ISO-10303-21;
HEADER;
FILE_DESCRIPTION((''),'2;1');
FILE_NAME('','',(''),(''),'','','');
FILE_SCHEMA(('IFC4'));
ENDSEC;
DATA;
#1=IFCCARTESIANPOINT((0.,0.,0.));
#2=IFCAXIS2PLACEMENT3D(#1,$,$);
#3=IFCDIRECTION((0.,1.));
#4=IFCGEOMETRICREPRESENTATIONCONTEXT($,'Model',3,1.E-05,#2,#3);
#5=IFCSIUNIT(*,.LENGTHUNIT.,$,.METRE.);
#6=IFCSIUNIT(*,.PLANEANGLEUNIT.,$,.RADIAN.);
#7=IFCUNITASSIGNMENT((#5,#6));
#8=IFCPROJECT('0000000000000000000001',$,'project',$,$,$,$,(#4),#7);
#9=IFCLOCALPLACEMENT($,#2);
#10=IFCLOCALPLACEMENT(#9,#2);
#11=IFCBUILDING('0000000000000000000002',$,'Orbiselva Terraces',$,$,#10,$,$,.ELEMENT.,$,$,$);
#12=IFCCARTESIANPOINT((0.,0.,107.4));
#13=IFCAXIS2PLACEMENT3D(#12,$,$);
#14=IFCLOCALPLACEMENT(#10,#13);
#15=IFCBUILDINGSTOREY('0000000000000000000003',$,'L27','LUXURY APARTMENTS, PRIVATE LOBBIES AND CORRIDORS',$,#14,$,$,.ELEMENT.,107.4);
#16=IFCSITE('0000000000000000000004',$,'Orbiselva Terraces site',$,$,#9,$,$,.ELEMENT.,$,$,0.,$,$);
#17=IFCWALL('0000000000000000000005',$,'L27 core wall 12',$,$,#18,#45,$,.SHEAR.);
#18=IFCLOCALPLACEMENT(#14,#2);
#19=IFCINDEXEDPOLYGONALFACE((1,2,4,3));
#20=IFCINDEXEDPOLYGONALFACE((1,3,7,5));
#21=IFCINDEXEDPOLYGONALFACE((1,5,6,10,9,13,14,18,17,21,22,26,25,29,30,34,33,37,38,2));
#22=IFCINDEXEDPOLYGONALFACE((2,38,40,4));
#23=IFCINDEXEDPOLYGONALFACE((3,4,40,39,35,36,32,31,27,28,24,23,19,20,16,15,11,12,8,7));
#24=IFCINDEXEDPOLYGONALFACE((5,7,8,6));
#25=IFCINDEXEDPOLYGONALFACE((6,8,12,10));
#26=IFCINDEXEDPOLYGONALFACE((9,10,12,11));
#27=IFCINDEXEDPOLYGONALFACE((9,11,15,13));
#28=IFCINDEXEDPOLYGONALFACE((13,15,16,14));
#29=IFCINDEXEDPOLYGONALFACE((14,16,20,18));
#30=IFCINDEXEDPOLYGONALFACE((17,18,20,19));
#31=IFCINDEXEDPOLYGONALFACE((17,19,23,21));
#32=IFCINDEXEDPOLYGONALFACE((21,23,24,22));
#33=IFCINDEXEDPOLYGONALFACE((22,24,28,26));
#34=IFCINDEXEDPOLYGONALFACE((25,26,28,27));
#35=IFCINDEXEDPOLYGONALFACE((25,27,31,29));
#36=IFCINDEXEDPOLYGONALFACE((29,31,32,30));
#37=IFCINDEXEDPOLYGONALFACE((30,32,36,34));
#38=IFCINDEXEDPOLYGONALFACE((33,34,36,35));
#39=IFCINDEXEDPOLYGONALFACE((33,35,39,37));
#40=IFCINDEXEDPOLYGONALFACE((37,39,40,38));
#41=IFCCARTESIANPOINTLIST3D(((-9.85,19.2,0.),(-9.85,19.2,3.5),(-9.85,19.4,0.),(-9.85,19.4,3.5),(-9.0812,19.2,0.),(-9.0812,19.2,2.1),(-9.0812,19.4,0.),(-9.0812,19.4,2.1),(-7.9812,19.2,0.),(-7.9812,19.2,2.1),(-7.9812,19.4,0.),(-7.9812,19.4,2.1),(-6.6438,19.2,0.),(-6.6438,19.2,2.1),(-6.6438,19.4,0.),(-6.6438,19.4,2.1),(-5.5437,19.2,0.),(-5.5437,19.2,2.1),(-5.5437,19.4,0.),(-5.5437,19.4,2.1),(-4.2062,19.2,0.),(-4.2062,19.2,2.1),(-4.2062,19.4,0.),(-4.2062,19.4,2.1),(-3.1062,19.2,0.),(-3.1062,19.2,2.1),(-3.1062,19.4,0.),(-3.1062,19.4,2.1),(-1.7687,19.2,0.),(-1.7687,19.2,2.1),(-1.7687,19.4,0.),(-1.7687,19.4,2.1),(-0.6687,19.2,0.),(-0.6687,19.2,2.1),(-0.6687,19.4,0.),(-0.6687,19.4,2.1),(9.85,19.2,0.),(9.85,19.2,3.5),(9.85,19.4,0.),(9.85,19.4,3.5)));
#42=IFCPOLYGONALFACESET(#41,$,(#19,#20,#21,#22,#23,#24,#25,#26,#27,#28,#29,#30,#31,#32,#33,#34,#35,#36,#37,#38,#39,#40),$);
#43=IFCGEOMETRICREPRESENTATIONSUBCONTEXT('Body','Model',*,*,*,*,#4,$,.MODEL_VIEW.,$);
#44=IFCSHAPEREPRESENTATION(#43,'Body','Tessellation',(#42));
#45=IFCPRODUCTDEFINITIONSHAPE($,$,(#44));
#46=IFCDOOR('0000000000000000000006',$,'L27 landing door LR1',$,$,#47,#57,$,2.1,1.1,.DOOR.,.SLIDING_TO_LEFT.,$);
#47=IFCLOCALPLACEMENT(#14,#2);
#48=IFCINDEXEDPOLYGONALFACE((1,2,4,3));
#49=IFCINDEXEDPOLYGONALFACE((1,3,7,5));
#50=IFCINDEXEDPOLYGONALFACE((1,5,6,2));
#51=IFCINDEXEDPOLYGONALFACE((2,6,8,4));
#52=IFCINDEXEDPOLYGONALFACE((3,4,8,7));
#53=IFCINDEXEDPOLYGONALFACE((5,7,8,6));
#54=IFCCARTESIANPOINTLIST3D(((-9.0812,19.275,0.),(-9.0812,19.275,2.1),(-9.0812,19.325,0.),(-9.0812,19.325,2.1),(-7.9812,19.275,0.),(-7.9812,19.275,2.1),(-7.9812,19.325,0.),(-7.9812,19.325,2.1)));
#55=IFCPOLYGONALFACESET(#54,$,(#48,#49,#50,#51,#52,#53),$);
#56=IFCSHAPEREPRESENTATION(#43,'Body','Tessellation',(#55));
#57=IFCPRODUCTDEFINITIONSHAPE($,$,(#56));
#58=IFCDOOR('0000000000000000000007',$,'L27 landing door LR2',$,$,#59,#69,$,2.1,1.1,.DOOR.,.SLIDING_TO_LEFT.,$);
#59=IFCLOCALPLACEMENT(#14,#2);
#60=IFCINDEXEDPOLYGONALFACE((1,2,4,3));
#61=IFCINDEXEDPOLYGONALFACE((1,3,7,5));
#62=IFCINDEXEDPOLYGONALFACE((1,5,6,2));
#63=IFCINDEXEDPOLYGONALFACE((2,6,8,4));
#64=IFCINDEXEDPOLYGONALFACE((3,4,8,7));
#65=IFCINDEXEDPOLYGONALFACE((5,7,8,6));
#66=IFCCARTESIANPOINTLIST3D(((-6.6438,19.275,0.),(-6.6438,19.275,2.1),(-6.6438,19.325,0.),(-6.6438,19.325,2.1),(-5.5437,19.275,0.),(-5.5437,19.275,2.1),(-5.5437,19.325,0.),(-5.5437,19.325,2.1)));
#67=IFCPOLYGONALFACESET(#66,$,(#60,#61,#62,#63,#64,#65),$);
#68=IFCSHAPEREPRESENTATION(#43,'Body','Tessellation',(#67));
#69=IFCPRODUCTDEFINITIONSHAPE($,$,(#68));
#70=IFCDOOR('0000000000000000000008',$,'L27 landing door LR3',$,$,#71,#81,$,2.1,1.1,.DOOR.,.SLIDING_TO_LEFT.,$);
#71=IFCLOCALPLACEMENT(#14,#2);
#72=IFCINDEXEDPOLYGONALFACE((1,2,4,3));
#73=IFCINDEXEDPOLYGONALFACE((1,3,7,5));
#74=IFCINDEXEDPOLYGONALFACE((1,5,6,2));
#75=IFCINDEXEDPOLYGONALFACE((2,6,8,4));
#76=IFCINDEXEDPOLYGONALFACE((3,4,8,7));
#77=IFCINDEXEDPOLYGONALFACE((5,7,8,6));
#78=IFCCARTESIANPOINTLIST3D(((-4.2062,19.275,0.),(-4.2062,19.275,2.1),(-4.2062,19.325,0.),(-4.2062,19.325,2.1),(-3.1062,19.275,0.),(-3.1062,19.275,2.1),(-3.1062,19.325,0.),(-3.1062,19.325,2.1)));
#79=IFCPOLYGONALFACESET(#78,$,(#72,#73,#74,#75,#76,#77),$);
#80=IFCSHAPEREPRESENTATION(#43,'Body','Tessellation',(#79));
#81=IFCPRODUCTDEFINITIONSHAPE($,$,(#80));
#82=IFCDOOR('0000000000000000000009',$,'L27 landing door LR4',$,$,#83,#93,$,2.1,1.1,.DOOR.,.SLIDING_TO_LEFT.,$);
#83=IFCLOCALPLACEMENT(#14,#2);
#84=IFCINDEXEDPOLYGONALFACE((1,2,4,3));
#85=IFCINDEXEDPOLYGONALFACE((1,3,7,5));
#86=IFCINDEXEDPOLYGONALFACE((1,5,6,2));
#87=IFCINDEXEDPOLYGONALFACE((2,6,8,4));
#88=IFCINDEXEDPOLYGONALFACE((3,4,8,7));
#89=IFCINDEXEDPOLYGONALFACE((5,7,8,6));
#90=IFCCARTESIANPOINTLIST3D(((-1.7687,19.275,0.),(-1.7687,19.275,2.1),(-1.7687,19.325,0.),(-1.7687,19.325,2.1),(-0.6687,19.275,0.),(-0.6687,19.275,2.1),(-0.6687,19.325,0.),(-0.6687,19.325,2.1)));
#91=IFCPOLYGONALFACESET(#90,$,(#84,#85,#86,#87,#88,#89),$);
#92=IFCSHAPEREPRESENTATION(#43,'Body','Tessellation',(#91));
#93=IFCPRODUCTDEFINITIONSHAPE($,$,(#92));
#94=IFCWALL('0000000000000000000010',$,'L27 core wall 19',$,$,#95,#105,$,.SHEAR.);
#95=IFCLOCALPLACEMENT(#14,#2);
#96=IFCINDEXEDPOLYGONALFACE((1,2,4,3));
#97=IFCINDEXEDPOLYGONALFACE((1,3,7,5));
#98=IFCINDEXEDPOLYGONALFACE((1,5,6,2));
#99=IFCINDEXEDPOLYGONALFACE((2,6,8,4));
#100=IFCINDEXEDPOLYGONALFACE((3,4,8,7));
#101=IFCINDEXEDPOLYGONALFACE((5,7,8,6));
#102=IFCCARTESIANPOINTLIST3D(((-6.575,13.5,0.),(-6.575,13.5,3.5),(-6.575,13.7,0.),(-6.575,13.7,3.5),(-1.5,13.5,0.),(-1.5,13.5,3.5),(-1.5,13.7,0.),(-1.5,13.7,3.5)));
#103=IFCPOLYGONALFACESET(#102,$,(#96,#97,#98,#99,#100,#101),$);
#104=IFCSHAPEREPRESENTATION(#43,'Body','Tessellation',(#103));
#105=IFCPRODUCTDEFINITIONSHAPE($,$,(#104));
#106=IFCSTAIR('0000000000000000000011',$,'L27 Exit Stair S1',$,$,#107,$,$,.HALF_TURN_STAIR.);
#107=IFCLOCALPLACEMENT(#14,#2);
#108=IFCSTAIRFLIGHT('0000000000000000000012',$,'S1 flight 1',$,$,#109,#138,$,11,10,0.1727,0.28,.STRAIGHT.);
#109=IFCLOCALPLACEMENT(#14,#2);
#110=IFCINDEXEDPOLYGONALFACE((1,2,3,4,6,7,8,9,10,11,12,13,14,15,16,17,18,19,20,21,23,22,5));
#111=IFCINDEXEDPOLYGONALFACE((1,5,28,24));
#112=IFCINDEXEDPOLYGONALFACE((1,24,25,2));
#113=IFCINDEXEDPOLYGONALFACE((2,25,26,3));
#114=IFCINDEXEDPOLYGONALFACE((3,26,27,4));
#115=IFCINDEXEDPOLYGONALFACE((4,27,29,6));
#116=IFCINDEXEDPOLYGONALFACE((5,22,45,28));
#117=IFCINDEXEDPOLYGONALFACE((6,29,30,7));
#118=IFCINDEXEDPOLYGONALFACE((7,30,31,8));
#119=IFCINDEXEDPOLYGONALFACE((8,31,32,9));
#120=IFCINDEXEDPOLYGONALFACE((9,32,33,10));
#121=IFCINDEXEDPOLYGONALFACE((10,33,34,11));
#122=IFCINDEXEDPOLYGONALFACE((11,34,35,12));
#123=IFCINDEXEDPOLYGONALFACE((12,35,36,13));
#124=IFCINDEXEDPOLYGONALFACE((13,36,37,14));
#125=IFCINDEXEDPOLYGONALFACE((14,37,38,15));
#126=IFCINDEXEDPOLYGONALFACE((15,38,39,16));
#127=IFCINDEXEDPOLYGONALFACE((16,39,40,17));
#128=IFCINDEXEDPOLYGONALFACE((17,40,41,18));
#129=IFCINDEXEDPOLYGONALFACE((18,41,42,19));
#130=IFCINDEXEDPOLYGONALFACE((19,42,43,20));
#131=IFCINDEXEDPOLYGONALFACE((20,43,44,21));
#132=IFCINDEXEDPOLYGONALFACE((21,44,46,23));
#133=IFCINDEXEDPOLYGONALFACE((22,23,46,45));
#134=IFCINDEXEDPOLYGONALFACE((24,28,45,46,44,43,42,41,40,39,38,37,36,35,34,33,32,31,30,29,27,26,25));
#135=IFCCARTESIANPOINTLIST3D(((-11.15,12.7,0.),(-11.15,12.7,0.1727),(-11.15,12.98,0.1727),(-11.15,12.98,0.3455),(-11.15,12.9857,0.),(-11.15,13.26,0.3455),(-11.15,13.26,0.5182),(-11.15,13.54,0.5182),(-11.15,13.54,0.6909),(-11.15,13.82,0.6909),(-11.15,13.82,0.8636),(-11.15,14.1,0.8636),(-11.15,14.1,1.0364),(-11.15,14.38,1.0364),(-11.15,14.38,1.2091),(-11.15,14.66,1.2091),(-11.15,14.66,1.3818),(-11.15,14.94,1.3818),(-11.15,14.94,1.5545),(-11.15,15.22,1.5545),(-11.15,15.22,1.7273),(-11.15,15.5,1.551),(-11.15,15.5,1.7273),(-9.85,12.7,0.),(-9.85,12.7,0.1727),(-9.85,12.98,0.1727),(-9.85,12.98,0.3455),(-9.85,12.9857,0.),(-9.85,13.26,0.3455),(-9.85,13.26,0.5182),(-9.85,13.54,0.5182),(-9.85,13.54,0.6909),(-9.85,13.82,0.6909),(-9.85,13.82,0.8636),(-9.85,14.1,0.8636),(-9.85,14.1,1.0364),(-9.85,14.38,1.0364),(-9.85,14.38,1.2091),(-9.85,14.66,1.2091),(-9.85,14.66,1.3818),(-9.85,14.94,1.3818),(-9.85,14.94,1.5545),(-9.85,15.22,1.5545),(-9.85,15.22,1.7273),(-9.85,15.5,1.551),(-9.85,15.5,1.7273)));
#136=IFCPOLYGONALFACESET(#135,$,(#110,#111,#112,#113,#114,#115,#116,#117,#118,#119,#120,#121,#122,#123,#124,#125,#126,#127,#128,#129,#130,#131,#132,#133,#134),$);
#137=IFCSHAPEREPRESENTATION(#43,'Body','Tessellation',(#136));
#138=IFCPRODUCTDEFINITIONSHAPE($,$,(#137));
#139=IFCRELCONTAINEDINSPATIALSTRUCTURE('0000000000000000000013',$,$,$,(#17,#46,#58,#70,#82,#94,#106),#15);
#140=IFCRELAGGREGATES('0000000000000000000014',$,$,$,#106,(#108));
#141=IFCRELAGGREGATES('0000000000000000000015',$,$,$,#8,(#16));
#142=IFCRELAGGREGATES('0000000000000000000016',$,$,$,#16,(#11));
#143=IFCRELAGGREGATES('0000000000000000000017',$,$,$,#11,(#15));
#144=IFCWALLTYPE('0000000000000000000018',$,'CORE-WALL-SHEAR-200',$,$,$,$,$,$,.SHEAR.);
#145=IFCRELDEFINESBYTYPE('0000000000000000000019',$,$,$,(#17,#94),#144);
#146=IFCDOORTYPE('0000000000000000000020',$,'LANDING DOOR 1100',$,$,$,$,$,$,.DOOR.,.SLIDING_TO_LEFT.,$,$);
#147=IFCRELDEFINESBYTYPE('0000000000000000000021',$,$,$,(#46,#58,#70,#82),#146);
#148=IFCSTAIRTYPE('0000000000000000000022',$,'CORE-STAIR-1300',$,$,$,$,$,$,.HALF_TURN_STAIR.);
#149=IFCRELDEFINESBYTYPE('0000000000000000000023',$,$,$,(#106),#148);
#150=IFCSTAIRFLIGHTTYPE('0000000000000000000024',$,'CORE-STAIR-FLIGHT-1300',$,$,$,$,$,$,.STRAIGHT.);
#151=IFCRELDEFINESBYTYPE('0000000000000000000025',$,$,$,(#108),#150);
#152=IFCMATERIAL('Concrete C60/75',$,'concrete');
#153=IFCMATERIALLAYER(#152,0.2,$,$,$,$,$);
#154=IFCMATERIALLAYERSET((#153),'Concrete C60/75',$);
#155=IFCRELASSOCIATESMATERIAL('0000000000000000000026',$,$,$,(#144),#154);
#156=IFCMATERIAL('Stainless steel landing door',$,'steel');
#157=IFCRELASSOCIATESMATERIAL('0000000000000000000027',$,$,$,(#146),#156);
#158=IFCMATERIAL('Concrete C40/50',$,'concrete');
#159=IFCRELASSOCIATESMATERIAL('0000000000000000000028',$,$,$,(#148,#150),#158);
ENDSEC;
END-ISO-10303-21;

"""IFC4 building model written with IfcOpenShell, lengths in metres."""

from ifc_helpers import new_model, si_unit, direction, frame, frame_2d, origin, place, context, subcontext, project, spatial, polyline, rectangle, outline, extrude, material, layer, layer_set, type_object, element, fill, aggregate, save


model = new_model("IFC4")

# Units and contexts
model_context = context("Model", 3, precision=1e-05, world=origin(), true_north=direction((0.0, 1.0)))
body_context = subcontext(model_context, "Body", "Model", "MODEL_VIEW")
ifc_project = project(units=[si_unit("LENGTHUNIT", "METRE"), si_unit("PLANEANGLEUNIT", "RADIAN")], contexts=[model_context])

# Site, building, storey
site_placement = place(None, origin())
site = spatial("IfcSite", under=ifc_project, at=site_placement, Name="Orbiselva Terraces site", CompositionType="ELEMENT", RefElevation=0.0)
building_placement = place(site_placement, origin())
building = spatial("IfcBuilding", under=site, at=building_placement, Name="Orbiselva Terraces", CompositionType="ELEMENT")
storey_placement = place(building_placement, frame((0.0, 0.0, 107.4)))
storey = spatial("IfcBuildingStorey", under=building, at=storey_placement, Name="L27", Description="LUXURY APARTMENTS, PRIVATE LOBBIES AND CORRIDORS", CompositionType="ELEMENT", Elevation=107.4)

# Shared definitions
ifc_material_1 = material(Name="Concrete C40/50", Category="concrete")
ifc_material_2 = material(Name="Concrete C60/75", Category="concrete")
ifc_layer_1 = layer(ifc_material_2, 0.2)
ifc_layer_set_1 = layer_set([ifc_layer_1], Name="Concrete C60/75")
wall_type_1 = type_object("IfcWallType", Name="CORE-WALL-SHEAR-200", PredefinedType="SHEAR", material=ifc_layer_set_1)

# Wall, openings, doors
wall_1_placement = place(storey_placement, frame((-9.85, 19.3, 0.0), z_axis=(0.0, 0.0, 1.0), x_axis=(1.0, 0.0, 0.0)))
wall_1 = element("IfcWall", 1, at=wall_1_placement, inside=storey, type_object=wall_type_1, Name="L27 core wall 12", PredefinedType="SHEAR", context=body_context, shape_type="SweptSolid", body=[
    extrude(rectangle(XDim=19.7, YDim=0.2, at=frame_2d((9.85, 0.0))), origin(), (0.0, 0.0, 1.0), 3.5),
])
opening_1_placement = place(wall_1_placement, frame((0.7688, 0.0, 0.0)))
opening_1 = element("IfcOpeningElement", 2, at=opening_1_placement, cuts=wall_1, PredefinedType="OPENING", context=body_context, shape_type="SweptSolid", body=[
    extrude(rectangle(XDim=1.1, YDim=2.1, at=frame_2d((0.55, 1.05))), frame((0.0, 0.11, 0.0), z_axis=(0.0, -1.0, 0.0), x_axis=(1.0, 0.0, 0.0)), (0.0, 0.0, 1.0), 0.22),
])
opening_2_placement = place(wall_1_placement, frame((3.2062, 0.0, 0.0)))
opening_2 = element("IfcOpeningElement", 3, at=opening_2_placement, cuts=wall_1, PredefinedType="OPENING", context=body_context, shape_type="SweptSolid", body=[
    extrude(rectangle(XDim=1.1, YDim=2.1, at=frame_2d((0.55, 1.05))), frame((0.0, 0.11, 0.0), z_axis=(0.0, -1.0, 0.0), x_axis=(1.0, 0.0, 0.0)), (0.0, 0.0, 1.0), 0.22),
])
opening_3_placement = place(wall_1_placement, frame((5.6437, 0.0, 0.0)))
opening_3 = element("IfcOpeningElement", 4, at=opening_3_placement, cuts=wall_1, PredefinedType="OPENING", context=body_context, shape_type="SweptSolid", body=[
    extrude(rectangle(XDim=1.1, YDim=2.1, at=frame_2d((0.55, 1.05))), frame((0.0, 0.11, 0.0), z_axis=(0.0, -1.0, 0.0), x_axis=(1.0, 0.0, 0.0)), (0.0, 0.0, 1.0), 0.22),
])
opening_4_placement = place(wall_1_placement, frame((8.0813, 0.0, 0.0)))
opening_4 = element("IfcOpeningElement", 5, at=opening_4_placement, cuts=wall_1, PredefinedType="OPENING", context=body_context, shape_type="SweptSolid", body=[
    extrude(rectangle(XDim=1.1, YDim=2.1, at=frame_2d((0.55, 1.05))), frame((0.0, 0.11, 0.0), z_axis=(0.0, -1.0, 0.0), x_axis=(1.0, 0.0, 0.0)), (0.0, 0.0, 1.0), 0.22),
])
ifc_material_3 = material(Name="Stainless steel landing door", Category="steel")
door_type_1 = type_object("IfcDoorType", Name="LANDING DOOR 1100", OperationType="SLIDING_TO_LEFT", PredefinedType="DOOR", material=ifc_material_3)
door_1_placement = place(opening_1_placement, origin())
door_1 = element("IfcDoor", 6, at=door_1_placement, inside=storey, type_object=door_type_1, Name="L27 landing door LR1", OperationType="SLIDING_TO_LEFT", OverallHeight=2.1, OverallWidth=1.1, PredefinedType="DOOR", context=body_context, shape_type="SweptSolid", body=[
    extrude(rectangle(XDim=1.1, YDim=2.1, at=frame_2d((0.55, 1.05))), frame((0.0, 0.025, 0.0), z_axis=(0.0, -1.0, 0.0), x_axis=(1.0, 0.0, 0.0)), (0.0, 0.0, 1.0), 0.05),
])
fill(opening_1, door_1)
door_2_placement = place(opening_2_placement, origin())
door_2 = element("IfcDoor", 7, at=door_2_placement, inside=storey, type_object=door_type_1, Name="L27 landing door LR2", OperationType="SLIDING_TO_LEFT", OverallHeight=2.1, OverallWidth=1.1, PredefinedType="DOOR", context=body_context, shape_type="SweptSolid", body=[
    extrude(rectangle(XDim=1.1, YDim=2.1, at=frame_2d((0.55, 1.05))), frame((0.0, 0.025, 0.0), z_axis=(0.0, -1.0, 0.0), x_axis=(1.0, 0.0, 0.0)), (0.0, 0.0, 1.0), 0.05),
])
fill(opening_2, door_2)
door_3_placement = place(opening_3_placement, origin())
door_3 = element("IfcDoor", 8, at=door_3_placement, inside=storey, type_object=door_type_1, Name="L27 landing door LR3", OperationType="SLIDING_TO_LEFT", OverallHeight=2.1, OverallWidth=1.1, PredefinedType="DOOR", context=body_context, shape_type="SweptSolid", body=[
    extrude(rectangle(XDim=1.1, YDim=2.1, at=frame_2d((0.55, 1.05))), frame((0.0, 0.025, 0.0), z_axis=(0.0, -1.0, 0.0), x_axis=(1.0, 0.0, 0.0)), (0.0, 0.0, 1.0), 0.05),
])
fill(opening_3, door_3)
door_4_placement = place(opening_4_placement, origin())
door_4 = element("IfcDoor", 9, at=door_4_placement, inside=storey, type_object=door_type_1, Name="L27 landing door LR4", OperationType="SLIDING_TO_LEFT", OverallHeight=2.1, OverallWidth=1.1, PredefinedType="DOOR", context=body_context, shape_type="SweptSolid", body=[
    extrude(rectangle(XDim=1.1, YDim=2.1, at=frame_2d((0.55, 1.05))), frame((0.0, 0.025, 0.0), z_axis=(0.0, -1.0, 0.0), x_axis=(1.0, 0.0, 0.0)), (0.0, 0.0, 1.0), 0.05),
])
fill(opening_4, door_4)

# Wall
wall_2_placement = place(storey_placement, frame((-6.575, 13.6, 0.0), z_axis=(0.0, 0.0, 1.0), x_axis=(1.0, 0.0, 0.0)))
element("IfcWall", 10, at=wall_2_placement, inside=storey, type_object=wall_type_1, Name="L27 core wall 19", PredefinedType="SHEAR", context=body_context, shape_type="SweptSolid", body=[
    extrude(rectangle(XDim=5.075, YDim=0.2, at=frame_2d((2.5375, 0.0))), origin(), (0.0, 0.0, 1.0), 3.5),
])

# Stair, stair flight
stair_type = type_object("IfcStairType", Name="CORE-STAIR-1300", PredefinedType="HALF_TURN_STAIR", material=ifc_material_1)
stair_placement = place(storey_placement, origin())
stair = element("IfcStair", 11, at=stair_placement, inside=storey, type_object=stair_type, Name="L27 Exit Stair S1", PredefinedType="HALF_TURN_STAIR")
stair_flight_type = type_object("IfcStairFlightType", Name="CORE-STAIR-FLIGHT-1300", PredefinedType="STRAIGHT", material=ifc_material_1)
stair_flight_placement = place(storey_placement, frame((-10.5, 12.7, 0.0), z_axis=(0.0, 0.0, 1.0), x_axis=(0.0, 1.0, 0.0)))
stair_flight = element("IfcStairFlight", 12, at=stair_flight_placement, type_object=stair_flight_type, Name="S1 flight 1", NumberOfRisers=11, NumberOfTreads=10, PredefinedType="STRAIGHT", RiserHeight=0.1727, TreadLength=0.28, context=body_context, shape_type="SweptSolid", body=[
    extrude(outline(polyline([(0.0, 0.0), (0.0, 0.1727), (0.28, 0.1727), (0.28, 0.3455), (0.56, 0.3455), (0.56, 0.5182), (0.84, 0.5182), (0.84, 0.6909), (1.12, 0.6909), (1.12, 0.8636), (1.4, 0.8636), (1.4, 1.0364), (1.68, 1.0364), (1.68, 1.2091), (1.96, 1.2091), (1.96, 1.3818), (2.24, 1.3818), (2.24, 1.5545), (2.52, 1.5545), (2.52, 1.7273), (2.8, 1.7273), (2.8, 1.9), (2.8, 1.551), (0.2857, 0.0), (0.0, 0.0)])), frame((0.0, 0.65, 0.0), z_axis=(0.0, -1.0, 0.0), x_axis=(1.0, 0.0, 0.0)), (0.0, 0.0, 1.0), 1.3),
])
aggregate(stair, [stair_flight])

save(model, "model.ifc")
